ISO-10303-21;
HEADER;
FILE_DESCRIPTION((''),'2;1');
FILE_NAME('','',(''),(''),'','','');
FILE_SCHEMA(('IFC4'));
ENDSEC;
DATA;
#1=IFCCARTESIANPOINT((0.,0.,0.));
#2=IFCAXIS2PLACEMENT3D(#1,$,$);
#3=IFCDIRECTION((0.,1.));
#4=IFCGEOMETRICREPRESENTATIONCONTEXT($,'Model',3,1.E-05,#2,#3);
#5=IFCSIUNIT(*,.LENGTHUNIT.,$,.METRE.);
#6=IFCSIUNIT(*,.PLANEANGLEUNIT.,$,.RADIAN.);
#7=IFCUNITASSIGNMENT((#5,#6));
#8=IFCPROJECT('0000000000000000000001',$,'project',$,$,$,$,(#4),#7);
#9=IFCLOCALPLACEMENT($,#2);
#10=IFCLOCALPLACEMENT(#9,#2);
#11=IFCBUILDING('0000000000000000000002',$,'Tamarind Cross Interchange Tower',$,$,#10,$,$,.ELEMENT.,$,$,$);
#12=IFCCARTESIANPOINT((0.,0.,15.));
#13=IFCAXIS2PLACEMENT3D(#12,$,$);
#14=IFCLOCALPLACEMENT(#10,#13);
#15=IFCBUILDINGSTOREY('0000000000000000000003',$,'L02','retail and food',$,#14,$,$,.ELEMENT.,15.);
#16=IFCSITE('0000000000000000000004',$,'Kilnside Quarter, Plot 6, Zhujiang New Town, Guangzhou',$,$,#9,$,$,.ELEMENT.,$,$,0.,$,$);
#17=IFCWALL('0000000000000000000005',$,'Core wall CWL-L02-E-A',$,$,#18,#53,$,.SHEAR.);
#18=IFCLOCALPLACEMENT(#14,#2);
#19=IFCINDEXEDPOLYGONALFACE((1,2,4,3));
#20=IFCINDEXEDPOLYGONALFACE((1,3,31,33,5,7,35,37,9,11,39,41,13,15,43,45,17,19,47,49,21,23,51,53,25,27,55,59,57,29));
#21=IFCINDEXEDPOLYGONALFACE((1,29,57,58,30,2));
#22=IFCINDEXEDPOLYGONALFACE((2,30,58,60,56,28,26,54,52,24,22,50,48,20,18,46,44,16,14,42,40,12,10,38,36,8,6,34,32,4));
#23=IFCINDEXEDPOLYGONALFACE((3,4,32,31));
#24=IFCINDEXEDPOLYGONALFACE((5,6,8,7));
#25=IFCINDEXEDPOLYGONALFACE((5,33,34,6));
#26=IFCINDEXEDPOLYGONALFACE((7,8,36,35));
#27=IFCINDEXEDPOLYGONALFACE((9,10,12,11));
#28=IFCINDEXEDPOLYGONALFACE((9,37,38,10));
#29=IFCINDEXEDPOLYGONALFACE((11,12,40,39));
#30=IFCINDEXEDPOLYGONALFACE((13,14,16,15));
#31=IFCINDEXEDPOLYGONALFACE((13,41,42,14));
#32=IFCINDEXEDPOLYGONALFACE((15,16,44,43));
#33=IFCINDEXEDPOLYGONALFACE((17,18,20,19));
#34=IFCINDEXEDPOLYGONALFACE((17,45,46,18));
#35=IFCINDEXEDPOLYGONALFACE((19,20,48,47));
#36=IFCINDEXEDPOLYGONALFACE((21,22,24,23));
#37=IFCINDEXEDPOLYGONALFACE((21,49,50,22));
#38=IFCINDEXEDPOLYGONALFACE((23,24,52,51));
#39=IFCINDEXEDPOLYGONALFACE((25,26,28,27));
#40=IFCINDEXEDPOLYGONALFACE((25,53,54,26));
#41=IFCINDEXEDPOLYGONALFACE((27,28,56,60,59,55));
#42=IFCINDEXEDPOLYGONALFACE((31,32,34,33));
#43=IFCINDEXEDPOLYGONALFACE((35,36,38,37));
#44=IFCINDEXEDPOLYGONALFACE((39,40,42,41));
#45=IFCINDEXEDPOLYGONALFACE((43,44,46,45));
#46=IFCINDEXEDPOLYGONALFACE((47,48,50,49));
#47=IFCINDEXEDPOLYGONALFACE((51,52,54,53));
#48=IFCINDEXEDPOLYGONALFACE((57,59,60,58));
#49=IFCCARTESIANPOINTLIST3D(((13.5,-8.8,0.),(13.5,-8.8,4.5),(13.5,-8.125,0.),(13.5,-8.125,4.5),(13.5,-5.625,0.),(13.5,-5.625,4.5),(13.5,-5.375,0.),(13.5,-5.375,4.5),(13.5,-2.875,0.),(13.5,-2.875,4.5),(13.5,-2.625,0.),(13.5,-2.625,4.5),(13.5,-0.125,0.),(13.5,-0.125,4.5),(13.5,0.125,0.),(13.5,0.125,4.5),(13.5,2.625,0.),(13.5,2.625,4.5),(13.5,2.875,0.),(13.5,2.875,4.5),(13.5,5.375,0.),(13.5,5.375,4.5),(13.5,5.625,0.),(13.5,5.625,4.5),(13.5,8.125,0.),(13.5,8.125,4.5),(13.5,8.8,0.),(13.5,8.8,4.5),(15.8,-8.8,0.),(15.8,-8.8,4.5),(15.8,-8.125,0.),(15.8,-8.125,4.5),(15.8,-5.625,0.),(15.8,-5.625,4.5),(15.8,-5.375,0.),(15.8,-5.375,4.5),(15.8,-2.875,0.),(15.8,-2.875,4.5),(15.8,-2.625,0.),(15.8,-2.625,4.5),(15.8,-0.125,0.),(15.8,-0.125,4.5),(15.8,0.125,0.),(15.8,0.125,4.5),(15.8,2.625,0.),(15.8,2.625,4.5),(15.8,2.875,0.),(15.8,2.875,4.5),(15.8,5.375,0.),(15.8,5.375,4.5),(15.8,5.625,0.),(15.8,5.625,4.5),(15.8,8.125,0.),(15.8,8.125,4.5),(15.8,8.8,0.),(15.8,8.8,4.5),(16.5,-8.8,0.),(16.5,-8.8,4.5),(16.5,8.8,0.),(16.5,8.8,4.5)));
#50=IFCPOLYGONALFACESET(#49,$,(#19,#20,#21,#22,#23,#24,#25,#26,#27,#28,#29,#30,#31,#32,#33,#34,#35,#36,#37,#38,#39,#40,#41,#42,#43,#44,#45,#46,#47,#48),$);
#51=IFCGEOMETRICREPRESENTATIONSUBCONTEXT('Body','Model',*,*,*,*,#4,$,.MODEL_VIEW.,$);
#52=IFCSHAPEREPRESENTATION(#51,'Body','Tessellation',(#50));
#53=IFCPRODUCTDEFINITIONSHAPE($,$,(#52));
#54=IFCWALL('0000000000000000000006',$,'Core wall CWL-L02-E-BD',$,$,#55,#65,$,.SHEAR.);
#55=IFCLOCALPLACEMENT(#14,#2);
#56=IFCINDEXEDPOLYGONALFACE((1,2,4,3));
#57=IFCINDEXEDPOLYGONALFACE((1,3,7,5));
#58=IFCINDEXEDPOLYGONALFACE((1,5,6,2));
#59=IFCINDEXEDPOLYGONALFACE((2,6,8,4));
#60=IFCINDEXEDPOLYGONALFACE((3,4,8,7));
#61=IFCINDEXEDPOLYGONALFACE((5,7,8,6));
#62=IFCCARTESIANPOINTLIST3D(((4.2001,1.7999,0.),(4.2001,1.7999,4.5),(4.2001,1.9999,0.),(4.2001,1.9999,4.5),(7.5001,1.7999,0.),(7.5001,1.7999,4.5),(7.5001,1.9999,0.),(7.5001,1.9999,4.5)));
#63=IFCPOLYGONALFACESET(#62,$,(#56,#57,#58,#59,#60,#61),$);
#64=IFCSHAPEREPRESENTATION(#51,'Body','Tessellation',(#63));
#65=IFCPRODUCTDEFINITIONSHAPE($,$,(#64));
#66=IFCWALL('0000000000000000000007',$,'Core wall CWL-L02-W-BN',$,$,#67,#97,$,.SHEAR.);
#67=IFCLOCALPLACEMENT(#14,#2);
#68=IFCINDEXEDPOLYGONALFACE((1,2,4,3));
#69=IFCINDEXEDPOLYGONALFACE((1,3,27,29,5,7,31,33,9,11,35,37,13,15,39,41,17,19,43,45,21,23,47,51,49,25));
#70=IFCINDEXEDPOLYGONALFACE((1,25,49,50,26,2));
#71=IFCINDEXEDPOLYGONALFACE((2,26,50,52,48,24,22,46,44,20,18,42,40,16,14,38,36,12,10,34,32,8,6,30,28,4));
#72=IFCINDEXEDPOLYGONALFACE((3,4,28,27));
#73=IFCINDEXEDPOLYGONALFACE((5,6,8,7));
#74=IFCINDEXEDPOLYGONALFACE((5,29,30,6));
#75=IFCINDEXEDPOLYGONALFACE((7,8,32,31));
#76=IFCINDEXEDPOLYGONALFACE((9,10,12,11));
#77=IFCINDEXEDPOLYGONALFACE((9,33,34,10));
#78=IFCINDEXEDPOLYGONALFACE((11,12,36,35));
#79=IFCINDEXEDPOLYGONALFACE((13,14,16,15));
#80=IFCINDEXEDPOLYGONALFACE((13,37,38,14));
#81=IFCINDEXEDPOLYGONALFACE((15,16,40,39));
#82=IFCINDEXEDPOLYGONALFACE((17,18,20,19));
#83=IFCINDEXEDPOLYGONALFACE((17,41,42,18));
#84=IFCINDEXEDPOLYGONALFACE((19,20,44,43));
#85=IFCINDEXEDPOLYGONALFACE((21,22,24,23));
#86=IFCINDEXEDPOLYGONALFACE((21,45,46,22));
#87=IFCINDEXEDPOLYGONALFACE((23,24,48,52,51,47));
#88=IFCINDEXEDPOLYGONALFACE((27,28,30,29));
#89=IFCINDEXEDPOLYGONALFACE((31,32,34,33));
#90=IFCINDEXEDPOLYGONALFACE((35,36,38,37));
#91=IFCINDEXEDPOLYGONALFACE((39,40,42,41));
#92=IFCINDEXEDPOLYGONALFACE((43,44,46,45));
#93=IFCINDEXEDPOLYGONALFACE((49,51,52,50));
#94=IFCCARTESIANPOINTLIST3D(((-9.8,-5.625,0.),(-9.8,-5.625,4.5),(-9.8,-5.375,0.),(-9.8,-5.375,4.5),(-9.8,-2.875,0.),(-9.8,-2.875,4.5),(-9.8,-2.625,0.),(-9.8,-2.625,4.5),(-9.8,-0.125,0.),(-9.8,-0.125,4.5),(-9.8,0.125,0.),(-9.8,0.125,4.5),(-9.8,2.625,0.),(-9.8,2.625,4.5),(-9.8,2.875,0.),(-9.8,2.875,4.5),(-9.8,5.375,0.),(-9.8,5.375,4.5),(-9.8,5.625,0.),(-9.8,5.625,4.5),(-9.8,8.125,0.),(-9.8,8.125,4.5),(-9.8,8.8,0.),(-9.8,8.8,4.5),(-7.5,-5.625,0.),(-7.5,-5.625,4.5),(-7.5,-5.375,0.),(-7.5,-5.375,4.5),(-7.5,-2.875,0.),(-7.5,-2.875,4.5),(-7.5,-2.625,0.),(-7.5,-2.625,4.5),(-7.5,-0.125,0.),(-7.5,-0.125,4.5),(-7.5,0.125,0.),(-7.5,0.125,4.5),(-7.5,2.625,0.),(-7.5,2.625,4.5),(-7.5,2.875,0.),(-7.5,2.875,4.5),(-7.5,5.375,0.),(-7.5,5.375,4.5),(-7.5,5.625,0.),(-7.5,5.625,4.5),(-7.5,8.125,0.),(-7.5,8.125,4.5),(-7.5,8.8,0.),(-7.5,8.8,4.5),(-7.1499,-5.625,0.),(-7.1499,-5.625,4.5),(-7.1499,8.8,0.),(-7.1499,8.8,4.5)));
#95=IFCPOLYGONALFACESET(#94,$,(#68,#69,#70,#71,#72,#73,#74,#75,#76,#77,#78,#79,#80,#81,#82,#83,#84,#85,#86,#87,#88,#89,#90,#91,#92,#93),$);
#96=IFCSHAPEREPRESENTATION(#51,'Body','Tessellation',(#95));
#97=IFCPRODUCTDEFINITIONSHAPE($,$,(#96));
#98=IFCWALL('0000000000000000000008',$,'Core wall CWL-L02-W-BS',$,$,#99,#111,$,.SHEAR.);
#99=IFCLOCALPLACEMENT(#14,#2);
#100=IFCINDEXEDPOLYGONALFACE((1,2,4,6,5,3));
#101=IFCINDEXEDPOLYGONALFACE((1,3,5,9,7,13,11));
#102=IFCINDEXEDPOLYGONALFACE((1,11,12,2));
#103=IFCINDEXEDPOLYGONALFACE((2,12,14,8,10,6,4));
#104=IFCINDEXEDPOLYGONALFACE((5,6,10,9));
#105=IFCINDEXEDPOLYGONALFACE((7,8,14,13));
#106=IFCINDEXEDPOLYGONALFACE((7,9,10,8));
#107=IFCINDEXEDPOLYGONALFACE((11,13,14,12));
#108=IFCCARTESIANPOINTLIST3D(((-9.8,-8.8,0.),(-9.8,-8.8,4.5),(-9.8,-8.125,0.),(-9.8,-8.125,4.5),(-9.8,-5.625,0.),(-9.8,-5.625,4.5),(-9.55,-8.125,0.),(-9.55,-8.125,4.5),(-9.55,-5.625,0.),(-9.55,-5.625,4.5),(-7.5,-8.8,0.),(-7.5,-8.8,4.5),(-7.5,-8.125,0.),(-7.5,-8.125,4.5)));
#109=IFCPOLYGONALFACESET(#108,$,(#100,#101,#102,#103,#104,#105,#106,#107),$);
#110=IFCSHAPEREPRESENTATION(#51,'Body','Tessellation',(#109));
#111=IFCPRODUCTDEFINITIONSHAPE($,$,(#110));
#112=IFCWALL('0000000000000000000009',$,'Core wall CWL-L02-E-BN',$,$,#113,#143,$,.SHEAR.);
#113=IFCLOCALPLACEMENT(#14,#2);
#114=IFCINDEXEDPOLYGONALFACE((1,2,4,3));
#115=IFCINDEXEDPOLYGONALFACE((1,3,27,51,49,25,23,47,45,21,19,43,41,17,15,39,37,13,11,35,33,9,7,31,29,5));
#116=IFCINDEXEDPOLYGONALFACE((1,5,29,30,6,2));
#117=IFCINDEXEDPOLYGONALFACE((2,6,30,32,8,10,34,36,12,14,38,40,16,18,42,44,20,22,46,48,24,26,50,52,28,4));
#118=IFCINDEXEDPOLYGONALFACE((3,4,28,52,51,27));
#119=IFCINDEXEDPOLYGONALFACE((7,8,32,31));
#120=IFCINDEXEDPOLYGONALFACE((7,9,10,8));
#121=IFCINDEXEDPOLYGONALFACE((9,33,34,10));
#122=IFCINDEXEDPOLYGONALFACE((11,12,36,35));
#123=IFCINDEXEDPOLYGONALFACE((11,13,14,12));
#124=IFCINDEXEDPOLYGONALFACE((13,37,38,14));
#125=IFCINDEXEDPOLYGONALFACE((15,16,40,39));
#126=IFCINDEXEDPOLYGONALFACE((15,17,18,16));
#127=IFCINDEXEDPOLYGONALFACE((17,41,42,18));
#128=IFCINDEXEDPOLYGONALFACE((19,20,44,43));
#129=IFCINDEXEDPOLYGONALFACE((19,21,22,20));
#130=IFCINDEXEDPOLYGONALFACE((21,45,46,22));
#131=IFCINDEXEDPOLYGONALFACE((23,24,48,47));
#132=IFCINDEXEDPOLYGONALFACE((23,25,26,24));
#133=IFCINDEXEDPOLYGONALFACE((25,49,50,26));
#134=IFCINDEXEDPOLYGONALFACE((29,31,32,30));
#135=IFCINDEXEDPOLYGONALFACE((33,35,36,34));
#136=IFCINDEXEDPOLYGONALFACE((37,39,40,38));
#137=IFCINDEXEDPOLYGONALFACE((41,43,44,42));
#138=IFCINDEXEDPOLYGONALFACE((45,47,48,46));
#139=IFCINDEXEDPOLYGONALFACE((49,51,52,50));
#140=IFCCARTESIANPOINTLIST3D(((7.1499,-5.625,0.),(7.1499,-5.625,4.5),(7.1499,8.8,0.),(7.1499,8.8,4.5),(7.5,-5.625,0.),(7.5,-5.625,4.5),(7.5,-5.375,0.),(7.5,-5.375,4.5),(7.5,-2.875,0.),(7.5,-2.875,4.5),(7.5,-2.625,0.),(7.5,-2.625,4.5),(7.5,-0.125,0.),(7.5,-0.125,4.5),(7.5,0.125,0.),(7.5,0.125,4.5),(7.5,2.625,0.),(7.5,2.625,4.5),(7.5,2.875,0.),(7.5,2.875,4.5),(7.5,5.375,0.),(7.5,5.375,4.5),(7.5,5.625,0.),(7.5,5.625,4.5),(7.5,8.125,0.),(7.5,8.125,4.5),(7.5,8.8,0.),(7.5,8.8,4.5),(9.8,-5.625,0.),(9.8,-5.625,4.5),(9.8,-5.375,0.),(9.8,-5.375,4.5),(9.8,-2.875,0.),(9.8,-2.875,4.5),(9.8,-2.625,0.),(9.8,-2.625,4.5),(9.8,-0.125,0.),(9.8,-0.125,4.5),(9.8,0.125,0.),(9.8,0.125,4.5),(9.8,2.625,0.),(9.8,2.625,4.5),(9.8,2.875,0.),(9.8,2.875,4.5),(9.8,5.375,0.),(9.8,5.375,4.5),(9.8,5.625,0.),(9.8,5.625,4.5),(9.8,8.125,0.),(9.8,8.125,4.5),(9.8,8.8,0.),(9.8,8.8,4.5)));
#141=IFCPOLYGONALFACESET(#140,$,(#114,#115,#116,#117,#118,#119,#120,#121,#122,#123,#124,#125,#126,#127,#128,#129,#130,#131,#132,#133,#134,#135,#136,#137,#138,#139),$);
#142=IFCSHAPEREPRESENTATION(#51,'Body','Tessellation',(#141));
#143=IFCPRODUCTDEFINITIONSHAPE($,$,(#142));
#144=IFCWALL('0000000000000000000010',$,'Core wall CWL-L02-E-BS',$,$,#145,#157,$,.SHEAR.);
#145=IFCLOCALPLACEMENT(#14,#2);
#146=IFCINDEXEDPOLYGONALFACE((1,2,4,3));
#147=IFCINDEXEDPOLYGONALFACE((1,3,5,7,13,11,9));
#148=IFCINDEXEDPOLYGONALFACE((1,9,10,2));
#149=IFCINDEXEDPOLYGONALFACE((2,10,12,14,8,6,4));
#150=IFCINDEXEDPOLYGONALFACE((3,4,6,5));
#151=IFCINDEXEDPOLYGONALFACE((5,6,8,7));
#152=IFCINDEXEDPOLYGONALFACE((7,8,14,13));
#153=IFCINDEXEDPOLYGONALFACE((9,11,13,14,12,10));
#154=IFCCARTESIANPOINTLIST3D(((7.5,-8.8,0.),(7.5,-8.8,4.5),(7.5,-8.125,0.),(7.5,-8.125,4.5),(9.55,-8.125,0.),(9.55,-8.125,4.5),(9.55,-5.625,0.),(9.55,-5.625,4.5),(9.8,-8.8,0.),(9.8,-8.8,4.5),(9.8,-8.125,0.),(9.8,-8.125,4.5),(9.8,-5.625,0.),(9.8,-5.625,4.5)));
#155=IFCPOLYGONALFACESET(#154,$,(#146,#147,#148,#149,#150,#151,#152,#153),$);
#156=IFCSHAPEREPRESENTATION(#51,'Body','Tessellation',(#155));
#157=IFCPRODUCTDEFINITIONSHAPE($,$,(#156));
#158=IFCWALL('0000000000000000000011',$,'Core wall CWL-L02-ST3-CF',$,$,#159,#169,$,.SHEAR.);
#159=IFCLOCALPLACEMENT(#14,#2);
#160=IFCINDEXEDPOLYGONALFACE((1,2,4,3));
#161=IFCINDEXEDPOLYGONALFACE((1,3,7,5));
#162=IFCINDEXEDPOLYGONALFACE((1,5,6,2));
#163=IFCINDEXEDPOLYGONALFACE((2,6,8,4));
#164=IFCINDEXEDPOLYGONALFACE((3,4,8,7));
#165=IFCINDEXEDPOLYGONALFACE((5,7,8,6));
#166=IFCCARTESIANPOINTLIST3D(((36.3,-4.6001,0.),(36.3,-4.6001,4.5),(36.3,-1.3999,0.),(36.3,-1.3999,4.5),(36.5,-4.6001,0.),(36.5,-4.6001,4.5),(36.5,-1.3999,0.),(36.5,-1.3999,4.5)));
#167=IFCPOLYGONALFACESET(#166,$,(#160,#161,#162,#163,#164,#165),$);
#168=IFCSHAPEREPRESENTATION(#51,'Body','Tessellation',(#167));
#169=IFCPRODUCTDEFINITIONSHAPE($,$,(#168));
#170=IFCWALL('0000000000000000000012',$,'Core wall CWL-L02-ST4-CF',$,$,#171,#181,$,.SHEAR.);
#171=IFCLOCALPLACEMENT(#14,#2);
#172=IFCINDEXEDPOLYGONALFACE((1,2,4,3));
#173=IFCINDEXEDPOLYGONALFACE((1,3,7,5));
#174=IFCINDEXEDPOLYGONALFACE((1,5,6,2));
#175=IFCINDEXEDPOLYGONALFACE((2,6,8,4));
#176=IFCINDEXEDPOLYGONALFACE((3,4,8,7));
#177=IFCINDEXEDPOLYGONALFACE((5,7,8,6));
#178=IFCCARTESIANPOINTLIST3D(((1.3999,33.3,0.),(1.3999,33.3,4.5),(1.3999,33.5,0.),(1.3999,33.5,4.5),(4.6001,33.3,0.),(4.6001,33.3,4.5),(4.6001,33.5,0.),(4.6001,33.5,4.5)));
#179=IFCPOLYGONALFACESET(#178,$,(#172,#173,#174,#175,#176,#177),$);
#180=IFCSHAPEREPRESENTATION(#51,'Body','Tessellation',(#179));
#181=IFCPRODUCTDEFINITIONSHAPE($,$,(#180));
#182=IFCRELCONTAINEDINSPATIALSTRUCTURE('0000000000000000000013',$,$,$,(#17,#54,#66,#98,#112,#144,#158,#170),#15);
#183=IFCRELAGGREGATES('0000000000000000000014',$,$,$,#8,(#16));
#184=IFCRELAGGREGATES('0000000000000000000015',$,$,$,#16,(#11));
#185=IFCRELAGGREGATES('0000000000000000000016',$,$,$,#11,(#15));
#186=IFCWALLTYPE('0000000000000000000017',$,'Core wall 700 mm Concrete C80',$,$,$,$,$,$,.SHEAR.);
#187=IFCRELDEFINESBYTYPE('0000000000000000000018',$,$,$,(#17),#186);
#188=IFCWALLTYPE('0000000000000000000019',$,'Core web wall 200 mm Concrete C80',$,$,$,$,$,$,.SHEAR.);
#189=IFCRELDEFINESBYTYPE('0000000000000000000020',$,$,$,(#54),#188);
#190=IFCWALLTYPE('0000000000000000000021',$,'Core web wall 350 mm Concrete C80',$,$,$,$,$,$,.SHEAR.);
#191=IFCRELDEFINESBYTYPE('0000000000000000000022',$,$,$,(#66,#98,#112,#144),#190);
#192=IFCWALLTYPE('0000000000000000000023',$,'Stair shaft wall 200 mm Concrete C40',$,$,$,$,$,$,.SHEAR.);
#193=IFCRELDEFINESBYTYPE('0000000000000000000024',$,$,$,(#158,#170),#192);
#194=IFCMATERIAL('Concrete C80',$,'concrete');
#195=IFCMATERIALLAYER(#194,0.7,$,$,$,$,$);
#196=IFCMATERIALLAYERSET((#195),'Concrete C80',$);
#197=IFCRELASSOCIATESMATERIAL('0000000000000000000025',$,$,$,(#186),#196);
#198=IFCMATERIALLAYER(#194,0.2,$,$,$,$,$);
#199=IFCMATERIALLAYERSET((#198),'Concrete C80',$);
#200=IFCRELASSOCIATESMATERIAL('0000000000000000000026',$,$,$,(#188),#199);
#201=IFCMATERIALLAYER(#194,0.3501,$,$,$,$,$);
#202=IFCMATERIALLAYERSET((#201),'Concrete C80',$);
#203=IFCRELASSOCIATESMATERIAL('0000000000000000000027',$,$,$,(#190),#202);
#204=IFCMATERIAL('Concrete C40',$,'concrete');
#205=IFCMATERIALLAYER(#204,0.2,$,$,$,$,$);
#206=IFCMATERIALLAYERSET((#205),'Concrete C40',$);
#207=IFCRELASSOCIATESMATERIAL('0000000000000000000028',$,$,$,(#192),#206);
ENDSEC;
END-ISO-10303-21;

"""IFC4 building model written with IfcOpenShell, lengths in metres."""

from ifc_helpers import new_model, si_unit, direction, frame, frame_2d, origin, place, context, subcontext, project, spatial, polyline, rectangle, outline, extrude, material, layer, layer_set, type_object, element, save


model = new_model("IFC4")

# Units and contexts
model_context = context("Model", 3, precision=1e-05, world=origin(), true_north=direction((0.0, 1.0)))
body_context = subcontext(model_context, "Body", "Model", "MODEL_VIEW")
ifc_project = project(units=[si_unit("LENGTHUNIT", "METRE"), si_unit("PLANEANGLEUNIT", "RADIAN")], contexts=[model_context])

# Site, building, storey
site_placement = place(None, origin())
site = spatial("IfcSite", under=ifc_project, at=site_placement, Name="Kilnside Quarter, Plot 6, Zhujiang New Town, Guangzhou", CompositionType="ELEMENT", RefElevation=0.0)
building_placement = place(site_placement, origin())
building = spatial("IfcBuilding", under=site, at=building_placement, Name="Tamarind Cross Interchange Tower", CompositionType="ELEMENT")
storey_placement = place(building_placement, frame((0.0, 0.0, 15.0)))
storey = spatial("IfcBuildingStorey", under=building, at=storey_placement, Name="L02", Description="retail and food", CompositionType="ELEMENT", Elevation=15.0)

# Shared definitions
ifc_material_1 = material(Name="Concrete C40", Category="concrete")

# Walls
ifc_material_2 = material(Name="Concrete C80", Category="concrete")
ifc_layer_1 = layer(ifc_material_2, 0.7)
ifc_layer_set_1 = layer_set([ifc_layer_1], Name="Concrete C80")
wall_type_1 = type_object("IfcWallType", Name="Core wall 700 mm Concrete C80", PredefinedType="SHEAR", material=ifc_layer_set_1)
wall_1_placement = place(storey_placement, origin())
element("IfcWall", 1, at=wall_1_placement, inside=storey, type_object=wall_type_1, Name="Core wall CWL-L02-E-A", PredefinedType="SHEAR", context=body_context, shape_type="SweptSolid", body=[
    extrude(outline(polyline([(13.5, -8.8), (15.8, -8.8), (16.5, -8.8), (16.5, 8.8), (15.8, 8.8), (13.5, 8.8), (13.5, 8.125), (15.8, 8.125), (15.8, 5.625), (13.5, 5.625), (13.5, 5.375), (15.8, 5.375), (15.8, 2.875), (13.5, 2.875), (13.5, 2.625), (15.8, 2.625), (15.8, 0.125), (13.5, 0.125), (13.5, -0.125), (15.8, -0.125), (15.8, -2.625), (13.5, -2.625), (13.5, -2.875), (15.8, -2.875), (15.8, -5.375), (13.5, -5.375), (13.5, -5.625), (15.8, -5.625), (15.8, -8.125), (13.5, -8.125), (13.5, -8.8)])), origin(), (0.0, 0.0, 1.0), 4.5),
])
ifc_layer_2 = layer(ifc_material_2, 0.2)
ifc_layer_set_2 = layer_set([ifc_layer_2], Name="Concrete C80")
wall_type_2 = type_object("IfcWallType", Name="Core web wall 200 mm Concrete C80", PredefinedType="SHEAR", material=ifc_layer_set_2)
wall_2_placement = place(storey_placement, frame((7.5, 1.8999, 0.0), z_axis=(0.0, 0.0, 1.0), x_axis=(-1.0, 0.0, 0.0)))
element("IfcWall", 2, at=wall_2_placement, inside=storey, type_object=wall_type_2, Name="Core wall CWL-L02-E-BD", PredefinedType="SHEAR", context=body_context, shape_type="SweptSolid", body=[
    extrude(rectangle(XDim=3.3, YDim=0.2, at=frame_2d((1.6499, 0.0))), origin(), (0.0, 0.0, 1.0), 4.5),
])
ifc_layer_3 = layer(ifc_material_2, 0.3501)
ifc_layer_set_3 = layer_set([ifc_layer_3], Name="Concrete C80")
wall_type_3 = type_object("IfcWallType", Name="Core web wall 350 mm Concrete C80", PredefinedType="SHEAR", material=ifc_layer_set_3)
wall_3_placement = place(storey_placement, origin())
element("IfcWall", 3, at=wall_3_placement, inside=storey, type_object=wall_type_3, Name="Core wall CWL-L02-W-BN", PredefinedType="SHEAR", context=body_context, shape_type="SweptSolid", body=[
    extrude(outline(polyline([(-9.8, -5.375), (-9.8, -5.625), (-7.5, -5.625), (-7.1499, -5.625), (-7.1499, 8.8), (-7.5, 8.8), (-9.8, 8.8), (-9.8, 8.125), (-7.5, 8.125), (-7.5, 5.625), (-9.8, 5.625), (-9.8, 5.375), (-7.5, 5.375), (-7.5, 2.875), (-9.8, 2.875), (-9.8, 2.625), (-7.5, 2.625), (-7.5, 0.125), (-9.8, 0.125), (-9.8, -0.125), (-7.5, -0.125), (-7.5, -2.625), (-9.8, -2.625), (-9.8, -2.875), (-7.5, -2.875), (-7.5, -5.375), (-9.8, -5.375)])), origin(), (0.0, 0.0, 1.0), 4.5),
])
wall_4_placement = place(storey_placement, origin())
element("IfcWall", 4, at=wall_4_placement, inside=storey, type_object=wall_type_3, Name="Core wall CWL-L02-W-BS", PredefinedType="SHEAR", context=body_context, shape_type="SweptSolid", body=[
    extrude(outline(polyline([(-7.5, -8.125), (-9.55, -8.125), (-9.55, -5.625), (-9.8, -5.625), (-9.8, -8.125), (-9.8, -8.8), (-7.5, -8.8), (-7.5, -8.125)])), origin(), (0.0, 0.0, 1.0), 4.5),
])
wall_5_placement = place(storey_placement, origin())
element("IfcWall", 5, at=wall_5_placement, inside=storey, type_object=wall_type_3, Name="Core wall CWL-L02-E-BN", PredefinedType="SHEAR", context=body_context, shape_type="SweptSolid", body=[
    extrude(outline(polyline([(9.8, -5.375), (7.5, -5.375), (7.5, -2.875), (9.8, -2.875), (9.8, -2.625), (7.5, -2.625), (7.5, -0.125), (9.8, -0.125), (9.8, 0.125), (7.5, 0.125), (7.5, 2.625), (9.8, 2.625), (9.8, 2.875), (7.5, 2.875), (7.5, 5.375), (9.8, 5.375), (9.8, 5.625), (7.5, 5.625), (7.5, 8.125), (9.8, 8.125), (9.8, 8.8), (7.5, 8.8), (7.1499, 8.8), (7.1499, -5.625), (7.5, -5.625), (9.8, -5.625), (9.8, -5.375)])), origin(), (0.0, 0.0, 1.0), 4.5),
])
wall_6_placement = place(storey_placement, origin())
element("IfcWall", 6, at=wall_6_placement, inside=storey, type_object=wall_type_3, Name="Core wall CWL-L02-E-BS", PredefinedType="SHEAR", context=body_context, shape_type="SweptSolid", body=[
    extrude(outline(polyline([(7.5, -8.125), (7.5, -8.8), (9.8, -8.8), (9.8, -8.125), (9.8, -5.625), (9.55, -5.625), (9.55, -8.125), (7.5, -8.125)])), origin(), (0.0, 0.0, 1.0), 4.5),
])
ifc_layer_4 = layer(ifc_material_1, 0.2)
ifc_layer_set_4 = layer_set([ifc_layer_4], Name="Concrete C40")
wall_type_4 = type_object("IfcWallType", Name="Stair shaft wall 200 mm Concrete C40", PredefinedType="SHEAR", material=ifc_layer_set_4)
wall_7_placement = place(storey_placement, origin())
element("IfcWall", 7, at=wall_7_placement, inside=storey, type_object=wall_type_4, Name="Core wall CWL-L02-ST3-CF", PredefinedType="SHEAR", context=body_context, shape_type="SweptSolid", body=[
    extrude(outline(polyline([(36.3, -4.6001), (36.5, -4.6001), (36.5, -1.3999), (36.3, -1.3999), (36.3, -4.6001)])), origin(), (0.0, 0.0, 1.0), 4.5),
])
wall_8_placement = place(storey_placement, origin())
element("IfcWall", 8, at=wall_8_placement, inside=storey, type_object=wall_type_4, Name="Core wall CWL-L02-ST4-CF", PredefinedType="SHEAR", context=body_context, shape_type="SweptSolid", body=[
    extrude(outline(polyline([(4.6001, 33.3), (4.6001, 33.5), (1.3999, 33.5), (1.3999, 33.3), (4.6001, 33.3)])), origin(), (0.0, 0.0, 1.0), 4.5),
])

save(model, "model.ifc")
